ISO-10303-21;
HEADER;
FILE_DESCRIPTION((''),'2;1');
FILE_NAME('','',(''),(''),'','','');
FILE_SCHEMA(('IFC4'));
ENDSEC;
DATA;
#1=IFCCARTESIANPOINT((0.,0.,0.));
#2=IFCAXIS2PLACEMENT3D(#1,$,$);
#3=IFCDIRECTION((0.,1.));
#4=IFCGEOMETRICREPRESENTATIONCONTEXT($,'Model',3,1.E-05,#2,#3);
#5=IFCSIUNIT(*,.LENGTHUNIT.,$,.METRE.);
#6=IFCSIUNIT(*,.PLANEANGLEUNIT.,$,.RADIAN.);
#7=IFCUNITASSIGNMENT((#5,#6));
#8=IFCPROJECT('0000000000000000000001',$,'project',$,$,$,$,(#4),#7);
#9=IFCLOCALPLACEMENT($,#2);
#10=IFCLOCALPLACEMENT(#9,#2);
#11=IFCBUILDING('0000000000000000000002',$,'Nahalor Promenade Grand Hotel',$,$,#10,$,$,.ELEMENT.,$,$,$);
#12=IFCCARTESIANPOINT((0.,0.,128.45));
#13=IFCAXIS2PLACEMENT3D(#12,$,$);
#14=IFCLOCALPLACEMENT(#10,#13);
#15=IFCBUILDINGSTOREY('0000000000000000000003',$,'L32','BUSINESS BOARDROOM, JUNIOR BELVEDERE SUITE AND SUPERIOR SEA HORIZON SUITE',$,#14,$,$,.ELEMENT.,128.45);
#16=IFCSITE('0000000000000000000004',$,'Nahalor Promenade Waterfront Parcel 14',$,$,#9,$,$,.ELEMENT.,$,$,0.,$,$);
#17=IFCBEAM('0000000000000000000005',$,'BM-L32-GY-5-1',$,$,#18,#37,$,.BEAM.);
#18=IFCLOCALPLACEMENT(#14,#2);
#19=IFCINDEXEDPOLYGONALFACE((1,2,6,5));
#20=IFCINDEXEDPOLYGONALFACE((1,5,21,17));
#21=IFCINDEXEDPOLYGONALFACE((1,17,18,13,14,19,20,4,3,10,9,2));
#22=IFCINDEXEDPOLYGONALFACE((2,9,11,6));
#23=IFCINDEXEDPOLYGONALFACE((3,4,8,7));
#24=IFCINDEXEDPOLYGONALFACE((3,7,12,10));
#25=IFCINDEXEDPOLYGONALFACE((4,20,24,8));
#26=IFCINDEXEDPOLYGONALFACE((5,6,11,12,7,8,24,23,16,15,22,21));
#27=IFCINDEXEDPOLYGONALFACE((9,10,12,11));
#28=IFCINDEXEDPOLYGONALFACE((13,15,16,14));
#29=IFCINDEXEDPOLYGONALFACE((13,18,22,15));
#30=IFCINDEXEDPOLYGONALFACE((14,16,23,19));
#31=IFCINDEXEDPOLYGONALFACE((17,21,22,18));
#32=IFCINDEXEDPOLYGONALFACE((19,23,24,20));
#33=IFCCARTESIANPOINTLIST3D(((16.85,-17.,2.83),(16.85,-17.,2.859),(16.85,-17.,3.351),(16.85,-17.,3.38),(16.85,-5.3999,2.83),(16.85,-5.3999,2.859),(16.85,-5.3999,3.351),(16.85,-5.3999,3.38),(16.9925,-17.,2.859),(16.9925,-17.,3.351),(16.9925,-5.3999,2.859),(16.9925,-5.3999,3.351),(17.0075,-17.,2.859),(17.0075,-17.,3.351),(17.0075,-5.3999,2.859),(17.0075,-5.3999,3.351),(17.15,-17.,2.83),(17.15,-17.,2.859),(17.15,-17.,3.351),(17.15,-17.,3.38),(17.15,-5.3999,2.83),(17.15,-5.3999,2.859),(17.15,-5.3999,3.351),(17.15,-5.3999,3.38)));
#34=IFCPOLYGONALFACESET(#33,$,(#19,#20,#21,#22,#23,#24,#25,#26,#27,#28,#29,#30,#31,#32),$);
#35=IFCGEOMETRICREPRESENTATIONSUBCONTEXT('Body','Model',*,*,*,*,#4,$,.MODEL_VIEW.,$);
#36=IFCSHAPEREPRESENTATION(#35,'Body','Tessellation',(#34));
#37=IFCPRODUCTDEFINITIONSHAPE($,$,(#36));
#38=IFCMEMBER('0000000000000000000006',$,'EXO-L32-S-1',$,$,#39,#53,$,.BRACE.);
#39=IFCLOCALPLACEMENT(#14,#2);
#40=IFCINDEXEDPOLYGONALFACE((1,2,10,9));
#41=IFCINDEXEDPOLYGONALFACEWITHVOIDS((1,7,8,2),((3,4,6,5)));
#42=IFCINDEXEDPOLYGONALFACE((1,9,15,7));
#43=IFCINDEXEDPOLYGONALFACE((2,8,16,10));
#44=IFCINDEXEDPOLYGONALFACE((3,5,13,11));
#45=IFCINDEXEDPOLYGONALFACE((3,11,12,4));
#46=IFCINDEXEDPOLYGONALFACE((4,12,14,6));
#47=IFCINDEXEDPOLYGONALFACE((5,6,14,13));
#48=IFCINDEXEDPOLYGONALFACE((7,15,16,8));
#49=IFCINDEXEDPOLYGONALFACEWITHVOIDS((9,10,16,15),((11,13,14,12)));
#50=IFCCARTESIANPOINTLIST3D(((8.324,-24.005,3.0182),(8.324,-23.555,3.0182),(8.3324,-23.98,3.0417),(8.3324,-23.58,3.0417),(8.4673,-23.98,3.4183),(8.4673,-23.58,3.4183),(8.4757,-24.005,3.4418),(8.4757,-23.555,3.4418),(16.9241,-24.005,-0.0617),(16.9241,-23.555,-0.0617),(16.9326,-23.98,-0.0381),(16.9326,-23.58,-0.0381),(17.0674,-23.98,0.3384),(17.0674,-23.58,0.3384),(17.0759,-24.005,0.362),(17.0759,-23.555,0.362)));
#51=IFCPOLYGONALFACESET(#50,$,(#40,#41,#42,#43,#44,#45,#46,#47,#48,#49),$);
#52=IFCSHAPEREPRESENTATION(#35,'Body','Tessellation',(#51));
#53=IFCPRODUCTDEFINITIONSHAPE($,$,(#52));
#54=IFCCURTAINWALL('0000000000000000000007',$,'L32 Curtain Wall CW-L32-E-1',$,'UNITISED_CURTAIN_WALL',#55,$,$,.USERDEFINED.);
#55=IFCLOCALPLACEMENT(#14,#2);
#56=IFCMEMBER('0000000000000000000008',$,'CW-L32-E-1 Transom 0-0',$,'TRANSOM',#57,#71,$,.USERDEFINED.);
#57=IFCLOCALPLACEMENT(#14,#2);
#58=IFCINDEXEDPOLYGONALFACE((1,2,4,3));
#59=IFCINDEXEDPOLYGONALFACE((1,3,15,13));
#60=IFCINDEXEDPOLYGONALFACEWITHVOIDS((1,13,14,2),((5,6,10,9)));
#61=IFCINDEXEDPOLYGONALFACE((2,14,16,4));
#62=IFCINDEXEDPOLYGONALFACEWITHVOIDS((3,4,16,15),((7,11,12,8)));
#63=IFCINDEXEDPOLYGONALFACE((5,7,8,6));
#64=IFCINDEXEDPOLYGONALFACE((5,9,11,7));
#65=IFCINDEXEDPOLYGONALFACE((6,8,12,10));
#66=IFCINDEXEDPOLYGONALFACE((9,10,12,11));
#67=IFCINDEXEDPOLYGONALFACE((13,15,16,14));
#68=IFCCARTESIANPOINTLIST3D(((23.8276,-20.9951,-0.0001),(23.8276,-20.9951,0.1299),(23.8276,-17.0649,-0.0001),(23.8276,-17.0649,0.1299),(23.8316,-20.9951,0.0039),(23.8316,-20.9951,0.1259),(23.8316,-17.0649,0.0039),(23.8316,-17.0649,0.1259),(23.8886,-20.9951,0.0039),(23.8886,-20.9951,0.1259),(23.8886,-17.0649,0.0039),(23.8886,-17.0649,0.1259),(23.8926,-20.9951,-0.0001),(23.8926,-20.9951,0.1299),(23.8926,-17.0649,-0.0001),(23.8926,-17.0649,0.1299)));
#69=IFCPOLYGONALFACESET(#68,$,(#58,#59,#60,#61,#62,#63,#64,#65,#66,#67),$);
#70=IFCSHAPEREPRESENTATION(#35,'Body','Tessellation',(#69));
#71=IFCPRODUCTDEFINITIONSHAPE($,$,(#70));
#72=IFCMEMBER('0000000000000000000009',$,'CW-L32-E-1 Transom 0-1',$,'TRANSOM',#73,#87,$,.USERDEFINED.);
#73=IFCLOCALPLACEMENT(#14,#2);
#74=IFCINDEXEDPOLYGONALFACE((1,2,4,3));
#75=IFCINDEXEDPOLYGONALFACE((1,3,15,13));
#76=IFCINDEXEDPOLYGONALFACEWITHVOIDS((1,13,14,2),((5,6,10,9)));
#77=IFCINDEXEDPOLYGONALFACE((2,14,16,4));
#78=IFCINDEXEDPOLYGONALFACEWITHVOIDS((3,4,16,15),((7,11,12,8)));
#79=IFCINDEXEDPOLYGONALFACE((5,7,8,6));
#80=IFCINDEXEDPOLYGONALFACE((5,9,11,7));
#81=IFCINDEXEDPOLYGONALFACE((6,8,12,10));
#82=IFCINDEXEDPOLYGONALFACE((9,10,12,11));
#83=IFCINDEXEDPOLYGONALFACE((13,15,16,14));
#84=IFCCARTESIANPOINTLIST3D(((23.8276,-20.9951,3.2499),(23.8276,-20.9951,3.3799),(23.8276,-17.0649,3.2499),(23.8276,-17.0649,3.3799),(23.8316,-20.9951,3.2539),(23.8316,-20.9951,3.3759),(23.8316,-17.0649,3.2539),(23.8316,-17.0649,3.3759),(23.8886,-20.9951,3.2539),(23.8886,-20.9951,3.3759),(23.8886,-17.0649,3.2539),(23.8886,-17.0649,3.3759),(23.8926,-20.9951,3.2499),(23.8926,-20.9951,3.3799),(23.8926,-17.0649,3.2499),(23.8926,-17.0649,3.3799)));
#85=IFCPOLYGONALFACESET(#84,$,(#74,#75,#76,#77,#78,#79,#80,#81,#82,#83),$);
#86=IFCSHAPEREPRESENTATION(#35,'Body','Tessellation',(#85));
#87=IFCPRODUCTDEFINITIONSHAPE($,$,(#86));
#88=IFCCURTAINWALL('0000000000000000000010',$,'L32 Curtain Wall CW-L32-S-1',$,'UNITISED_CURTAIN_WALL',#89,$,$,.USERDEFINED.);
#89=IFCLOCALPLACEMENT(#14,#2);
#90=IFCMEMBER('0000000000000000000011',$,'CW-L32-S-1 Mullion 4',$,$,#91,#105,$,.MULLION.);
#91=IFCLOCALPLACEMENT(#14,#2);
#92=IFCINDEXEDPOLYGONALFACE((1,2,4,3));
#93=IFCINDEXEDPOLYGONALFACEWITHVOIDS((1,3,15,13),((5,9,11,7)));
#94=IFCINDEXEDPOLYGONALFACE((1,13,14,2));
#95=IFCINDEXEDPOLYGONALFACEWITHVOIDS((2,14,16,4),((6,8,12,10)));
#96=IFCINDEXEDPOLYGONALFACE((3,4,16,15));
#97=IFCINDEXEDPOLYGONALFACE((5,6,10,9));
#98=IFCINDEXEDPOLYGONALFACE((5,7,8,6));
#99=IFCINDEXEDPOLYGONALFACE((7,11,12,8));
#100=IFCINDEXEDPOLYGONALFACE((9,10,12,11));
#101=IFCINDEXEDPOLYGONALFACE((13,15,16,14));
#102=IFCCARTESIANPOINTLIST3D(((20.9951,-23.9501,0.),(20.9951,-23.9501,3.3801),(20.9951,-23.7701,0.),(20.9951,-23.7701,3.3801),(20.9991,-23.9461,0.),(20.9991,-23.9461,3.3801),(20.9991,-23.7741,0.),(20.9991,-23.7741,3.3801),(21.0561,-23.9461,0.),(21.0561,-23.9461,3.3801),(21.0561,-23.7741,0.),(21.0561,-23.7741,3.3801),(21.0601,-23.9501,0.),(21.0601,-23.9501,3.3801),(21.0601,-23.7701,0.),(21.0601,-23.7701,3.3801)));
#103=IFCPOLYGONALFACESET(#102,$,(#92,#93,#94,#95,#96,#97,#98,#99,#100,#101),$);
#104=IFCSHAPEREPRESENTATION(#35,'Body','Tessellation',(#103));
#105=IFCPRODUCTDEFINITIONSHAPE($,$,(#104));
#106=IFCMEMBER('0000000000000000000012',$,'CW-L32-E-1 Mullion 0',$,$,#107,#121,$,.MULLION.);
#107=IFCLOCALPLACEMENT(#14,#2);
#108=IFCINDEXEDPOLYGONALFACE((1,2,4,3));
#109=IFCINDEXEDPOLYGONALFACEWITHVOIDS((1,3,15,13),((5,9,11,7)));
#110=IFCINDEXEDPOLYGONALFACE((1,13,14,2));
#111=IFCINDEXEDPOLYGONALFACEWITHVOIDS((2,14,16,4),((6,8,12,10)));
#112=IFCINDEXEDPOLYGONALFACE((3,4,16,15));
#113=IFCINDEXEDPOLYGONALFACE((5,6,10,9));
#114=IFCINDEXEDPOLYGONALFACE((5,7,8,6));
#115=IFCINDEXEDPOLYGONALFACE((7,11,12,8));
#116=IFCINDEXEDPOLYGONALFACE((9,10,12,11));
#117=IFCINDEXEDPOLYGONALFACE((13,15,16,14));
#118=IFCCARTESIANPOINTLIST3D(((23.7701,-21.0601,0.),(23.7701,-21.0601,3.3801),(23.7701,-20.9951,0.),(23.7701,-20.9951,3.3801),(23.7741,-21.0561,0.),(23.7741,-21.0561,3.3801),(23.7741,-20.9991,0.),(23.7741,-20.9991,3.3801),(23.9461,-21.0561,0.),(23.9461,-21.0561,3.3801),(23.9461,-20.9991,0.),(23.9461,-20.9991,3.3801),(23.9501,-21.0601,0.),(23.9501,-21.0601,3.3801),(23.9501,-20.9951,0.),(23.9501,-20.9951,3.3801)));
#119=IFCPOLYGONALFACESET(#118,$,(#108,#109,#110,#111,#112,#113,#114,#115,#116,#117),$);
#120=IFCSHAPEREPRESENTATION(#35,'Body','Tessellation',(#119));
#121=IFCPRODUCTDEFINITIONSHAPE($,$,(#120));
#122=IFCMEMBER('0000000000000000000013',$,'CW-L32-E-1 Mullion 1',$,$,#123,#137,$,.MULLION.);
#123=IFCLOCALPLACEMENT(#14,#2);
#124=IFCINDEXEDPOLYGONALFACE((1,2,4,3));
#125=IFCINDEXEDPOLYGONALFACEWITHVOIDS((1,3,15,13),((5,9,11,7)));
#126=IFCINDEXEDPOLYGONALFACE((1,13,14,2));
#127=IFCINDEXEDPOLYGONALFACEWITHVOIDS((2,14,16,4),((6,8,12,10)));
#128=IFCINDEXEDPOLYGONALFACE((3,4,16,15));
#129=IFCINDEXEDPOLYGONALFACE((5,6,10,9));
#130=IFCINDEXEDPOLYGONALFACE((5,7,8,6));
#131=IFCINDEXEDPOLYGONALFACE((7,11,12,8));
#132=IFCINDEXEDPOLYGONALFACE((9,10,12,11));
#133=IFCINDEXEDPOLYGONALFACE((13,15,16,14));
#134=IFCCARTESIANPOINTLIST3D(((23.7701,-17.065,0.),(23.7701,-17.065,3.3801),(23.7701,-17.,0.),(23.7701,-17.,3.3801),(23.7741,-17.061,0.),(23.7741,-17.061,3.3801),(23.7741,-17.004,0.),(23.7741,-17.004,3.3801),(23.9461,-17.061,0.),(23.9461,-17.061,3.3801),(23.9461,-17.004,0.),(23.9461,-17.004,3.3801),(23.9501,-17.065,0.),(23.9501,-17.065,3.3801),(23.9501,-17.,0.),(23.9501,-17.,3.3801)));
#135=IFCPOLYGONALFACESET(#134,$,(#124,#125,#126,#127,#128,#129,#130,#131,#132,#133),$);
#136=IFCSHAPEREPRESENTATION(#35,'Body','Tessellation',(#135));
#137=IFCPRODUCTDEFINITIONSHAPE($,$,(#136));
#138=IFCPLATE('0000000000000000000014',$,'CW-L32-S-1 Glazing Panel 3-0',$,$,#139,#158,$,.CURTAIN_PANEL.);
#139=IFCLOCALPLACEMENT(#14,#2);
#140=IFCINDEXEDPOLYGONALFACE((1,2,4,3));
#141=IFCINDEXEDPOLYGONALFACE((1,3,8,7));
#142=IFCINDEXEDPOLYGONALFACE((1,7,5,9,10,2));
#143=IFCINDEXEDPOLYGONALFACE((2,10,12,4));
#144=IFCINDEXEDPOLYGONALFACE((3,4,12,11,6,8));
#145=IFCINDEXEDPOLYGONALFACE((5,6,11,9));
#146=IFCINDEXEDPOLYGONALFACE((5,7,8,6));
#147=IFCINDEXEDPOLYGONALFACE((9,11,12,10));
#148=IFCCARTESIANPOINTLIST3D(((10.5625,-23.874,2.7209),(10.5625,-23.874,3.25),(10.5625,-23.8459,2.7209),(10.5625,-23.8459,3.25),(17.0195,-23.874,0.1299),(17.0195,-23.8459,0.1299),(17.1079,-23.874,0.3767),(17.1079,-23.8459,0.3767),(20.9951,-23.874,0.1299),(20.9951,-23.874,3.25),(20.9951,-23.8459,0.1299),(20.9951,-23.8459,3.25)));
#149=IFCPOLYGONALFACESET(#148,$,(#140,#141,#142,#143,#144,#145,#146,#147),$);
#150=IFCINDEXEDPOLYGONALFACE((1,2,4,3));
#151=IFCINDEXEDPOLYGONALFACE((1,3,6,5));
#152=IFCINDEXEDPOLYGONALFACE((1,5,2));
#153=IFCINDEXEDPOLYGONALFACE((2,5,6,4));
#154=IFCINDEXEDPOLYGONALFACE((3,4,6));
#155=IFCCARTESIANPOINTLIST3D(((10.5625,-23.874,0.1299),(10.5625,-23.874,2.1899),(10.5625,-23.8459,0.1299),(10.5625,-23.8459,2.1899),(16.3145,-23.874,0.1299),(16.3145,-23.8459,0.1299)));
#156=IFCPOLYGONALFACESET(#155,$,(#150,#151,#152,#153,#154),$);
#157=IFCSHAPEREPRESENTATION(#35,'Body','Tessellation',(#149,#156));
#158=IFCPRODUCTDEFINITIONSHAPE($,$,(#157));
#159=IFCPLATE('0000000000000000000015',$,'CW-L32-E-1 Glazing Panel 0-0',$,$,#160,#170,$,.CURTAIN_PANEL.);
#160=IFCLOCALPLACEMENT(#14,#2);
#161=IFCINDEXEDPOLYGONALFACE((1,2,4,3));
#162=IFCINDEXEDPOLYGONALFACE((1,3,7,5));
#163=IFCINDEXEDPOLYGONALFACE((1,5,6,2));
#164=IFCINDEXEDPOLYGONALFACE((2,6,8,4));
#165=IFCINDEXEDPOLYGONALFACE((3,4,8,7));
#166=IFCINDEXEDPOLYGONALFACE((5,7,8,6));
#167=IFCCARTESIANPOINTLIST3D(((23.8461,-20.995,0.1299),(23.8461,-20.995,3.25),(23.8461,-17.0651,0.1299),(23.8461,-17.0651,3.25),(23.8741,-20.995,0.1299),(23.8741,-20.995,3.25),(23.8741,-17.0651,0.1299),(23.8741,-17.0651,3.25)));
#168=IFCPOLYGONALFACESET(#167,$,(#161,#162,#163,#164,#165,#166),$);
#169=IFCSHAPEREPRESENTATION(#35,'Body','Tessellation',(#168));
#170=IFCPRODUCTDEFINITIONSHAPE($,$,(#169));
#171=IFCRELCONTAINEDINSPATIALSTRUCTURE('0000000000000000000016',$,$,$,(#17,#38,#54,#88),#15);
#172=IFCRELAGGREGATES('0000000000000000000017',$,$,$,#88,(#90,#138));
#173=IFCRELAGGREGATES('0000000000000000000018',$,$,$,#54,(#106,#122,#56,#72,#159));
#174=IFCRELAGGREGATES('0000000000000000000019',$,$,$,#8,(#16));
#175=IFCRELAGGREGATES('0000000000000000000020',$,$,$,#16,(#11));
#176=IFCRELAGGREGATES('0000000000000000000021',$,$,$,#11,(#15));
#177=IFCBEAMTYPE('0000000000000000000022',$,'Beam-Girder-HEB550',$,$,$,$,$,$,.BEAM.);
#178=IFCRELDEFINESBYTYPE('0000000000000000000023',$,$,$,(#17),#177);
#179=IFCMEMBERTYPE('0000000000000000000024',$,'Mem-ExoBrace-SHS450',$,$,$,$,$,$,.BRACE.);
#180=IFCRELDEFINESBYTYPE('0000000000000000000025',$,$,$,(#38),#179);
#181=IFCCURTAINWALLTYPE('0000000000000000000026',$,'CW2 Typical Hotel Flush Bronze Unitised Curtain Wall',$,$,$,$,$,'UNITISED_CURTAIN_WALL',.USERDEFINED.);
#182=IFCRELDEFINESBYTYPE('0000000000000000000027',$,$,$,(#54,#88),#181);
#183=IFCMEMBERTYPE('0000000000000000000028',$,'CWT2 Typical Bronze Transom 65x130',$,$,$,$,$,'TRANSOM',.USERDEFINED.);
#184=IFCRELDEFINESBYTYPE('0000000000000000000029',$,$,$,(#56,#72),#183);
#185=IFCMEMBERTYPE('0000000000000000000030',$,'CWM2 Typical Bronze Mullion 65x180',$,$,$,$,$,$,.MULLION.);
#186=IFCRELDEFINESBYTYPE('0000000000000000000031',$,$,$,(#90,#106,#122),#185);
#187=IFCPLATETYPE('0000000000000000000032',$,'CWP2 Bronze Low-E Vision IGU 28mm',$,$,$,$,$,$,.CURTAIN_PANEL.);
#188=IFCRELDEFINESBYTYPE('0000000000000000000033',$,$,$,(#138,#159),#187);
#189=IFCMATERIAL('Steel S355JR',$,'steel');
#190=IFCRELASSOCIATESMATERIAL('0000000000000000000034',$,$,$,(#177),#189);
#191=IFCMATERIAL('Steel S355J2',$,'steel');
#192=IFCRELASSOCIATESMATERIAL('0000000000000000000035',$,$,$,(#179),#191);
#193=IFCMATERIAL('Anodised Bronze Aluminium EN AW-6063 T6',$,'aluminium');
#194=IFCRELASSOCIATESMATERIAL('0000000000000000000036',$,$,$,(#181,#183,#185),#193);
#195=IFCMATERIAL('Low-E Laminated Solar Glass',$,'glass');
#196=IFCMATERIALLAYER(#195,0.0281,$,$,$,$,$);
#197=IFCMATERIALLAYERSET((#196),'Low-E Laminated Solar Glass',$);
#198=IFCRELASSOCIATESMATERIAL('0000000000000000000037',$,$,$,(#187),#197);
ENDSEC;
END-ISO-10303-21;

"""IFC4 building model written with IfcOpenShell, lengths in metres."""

from ifc_helpers import new_model, si_unit, direction, frame, origin, origin_2d, place, context, subcontext, project, spatial, polyline, rectangle, hollow_rectangle, i_section, outline, extrude, source, transform, mapped, material, layer, layer_set, material_profile, profile_set, type_object, element, aggregate, save


model = new_model("IFC4")

# Units and contexts
model_context = context("Model", 3, precision=1e-05, world=origin(), true_north=direction((0.0, 1.0)))
body_context = subcontext(model_context, "Body", "Model", "MODEL_VIEW")
ifc_project = project(units=[si_unit("LENGTHUNIT", "METRE"), si_unit("PLANEANGLEUNIT", "RADIAN")], contexts=[model_context])

# Site, building, storey
site_placement = place(None, origin())
site = spatial("IfcSite", under=ifc_project, at=site_placement, Name="Nahalor Promenade Waterfront Parcel 14", CompositionType="ELEMENT", RefElevation=0.0)
building_placement = place(site_placement, origin())
building = spatial("IfcBuilding", under=site, at=building_placement, Name="Nahalor Promenade Grand Hotel", CompositionType="ELEMENT")
storey_placement = place(building_placement, frame((0.0, 0.0, 128.45)))
storey = spatial("IfcBuildingStorey", under=building, at=storey_placement, Name="L32", Description="BUSINESS BOARDROOM, JUNIOR BELVEDERE SUITE AND SUPERIOR SEA HORIZON SUITE", CompositionType="ELEMENT", Elevation=128.45)

# Shared definitions
ifc_material_1 = material(Name="Steel S355J2", Category="steel")

# Beam
ifc_material_2 = material(Name="Steel S355JR", Category="steel")
ifc_material_profile_1 = material_profile(ifc_material_2, i_section(OverallWidth=0.3, OverallDepth=0.55, WebThickness=0.015, FlangeThickness=0.029, at=origin_2d()), Name="HEB 550")
ifc_profile_set_1 = profile_set([ifc_material_profile_1], Name="Steel S355JR")
beam_type_1 = type_object("IfcBeamType", Name="Beam-Girder-HEB550", PredefinedType="BEAM", material=ifc_profile_set_1)
shared_shape_1 = source(origin(), body_context, "Body", "SweptSolid", [
    extrude(i_section(OverallWidth=0.3, OverallDepth=0.55, WebThickness=0.015, FlangeThickness=0.029, at=origin_2d()), origin(), (0.0, 0.0, 1.0), 11.6001),
])
beam_1_placement = place(storey_placement, frame((17.0, -17.0, 3.105), z_axis=(0.0, 1.0, 0.0), x_axis=(-1.0, 0.0, 0.0)))
element("IfcBeam", 1, at=beam_1_placement, inside=storey, type_object=beam_type_1, Name="BM-L32-GY-5-1", PredefinedType="BEAM", context=body_context, shape_type="MappedRepresentation", body=[
    mapped(shared_shape_1, transform((0.0, 0.0, 0.0), scale=1.0)),
])

# Member
ifc_material_profile_2 = material_profile(ifc_material_1, hollow_rectangle(XDim=0.45, YDim=0.45, WallThickness=0.025, at=origin_2d()), Name="SHS 450x450x25")
ifc_profile_set_2 = profile_set([ifc_material_profile_2], Name="Steel S355J2")
member_type_1 = type_object("IfcMemberType", Name="Mem-ExoBrace-SHS450", PredefinedType="BRACE", material=ifc_profile_set_2)
shared_shape_2 = source(origin(), body_context, "Body", "SweptSolid", [
    extrude(hollow_rectangle(XDim=0.45, YDim=0.45, WallThickness=0.025, at=origin_2d()), origin(), (0.0, 0.0, 1.0), 9.135),
])
member_1_placement = place(storey_placement, frame((17.0, -23.78, 0.1501), z_axis=(-0.941451, 0.0, 0.337149), x_axis=(0.0, -1.0, 0.0)))
element("IfcMember", 2, at=member_1_placement, inside=storey, type_object=member_type_1, Name="EXO-L32-S-1", PredefinedType="BRACE", context=body_context, shape_type="MappedRepresentation", body=[
    mapped(shared_shape_2, transform((0.0, 0.0, 0.0), scale=1.0)),
])

# Curtain wall, members
ifc_material_3 = material(Name="Anodised Bronze Aluminium EN AW-6063 T6", Category="aluminium")
curtain_wall_type = type_object("IfcCurtainWallType", Name="CW2 Typical Hotel Flush Bronze Unitised Curtain Wall", ElementType="UNITISED_CURTAIN_WALL", PredefinedType="USERDEFINED", material=ifc_material_3)
curtain_wall_1_placement = place(storey_placement, origin())
curtain_wall_1 = element("IfcCurtainWall", 3, at=curtain_wall_1_placement, inside=storey, type_object=curtain_wall_type, Name="L32 Curtain Wall CW-L32-E-1", ObjectType="UNITISED_CURTAIN_WALL", PredefinedType="USERDEFINED")
ifc_material_profile_3 = material_profile(ifc_material_3, hollow_rectangle(XDim=0.065, YDim=0.13, WallThickness=0.004, at=origin_2d()), Name="CWT 65x130x4")
ifc_profile_set_3 = profile_set([ifc_material_profile_3], Name="Anodised Bronze Aluminium EN AW-6063 T6")
member_type_2 = type_object("IfcMemberType", Name="CWT2 Typical Bronze Transom 65x130", ElementType="TRANSOM", PredefinedType="USERDEFINED", material=ifc_profile_set_3)
shared_shape_3 = source(origin(), body_context, "Body", "SweptSolid", [
    extrude(hollow_rectangle(XDim=0.065, YDim=0.13, WallThickness=0.004, at=origin_2d()), origin(), (0.0, 0.0, 1.0), 3.9302),
])
member_2_placement = place(storey_placement, frame((23.8601, -20.9951, 0.0649), z_axis=(0.0, 1.0, 0.0), x_axis=(-1.0, 0.0, 0.0)))
member_2 = element("IfcMember", 4, at=member_2_placement, type_object=member_type_2, Name="CW-L32-E-1 Transom 0-0", ObjectType="TRANSOM", PredefinedType="USERDEFINED", context=body_context, shape_type="MappedRepresentation", body=[
    mapped(shared_shape_3, transform((0.0, 0.0, 0.0), scale=1.0)),
])
member_3_placement = place(storey_placement, frame((23.8601, -20.9951, 3.3149), z_axis=(0.0, 1.0, 0.0), x_axis=(-1.0, 0.0, 0.0)))
member_3 = element("IfcMember", 5, at=member_3_placement, type_object=member_type_2, Name="CW-L32-E-1 Transom 0-1", ObjectType="TRANSOM", PredefinedType="USERDEFINED", context=body_context, shape_type="MappedRepresentation", body=[
    mapped(shared_shape_3, transform((0.0, 0.0, 0.0), scale=1.0)),
])

# Curtain wall, member
curtain_wall_2_placement = place(storey_placement, origin())
curtain_wall_2 = element("IfcCurtainWall", 6, at=curtain_wall_2_placement, inside=storey, type_object=curtain_wall_type, Name="L32 Curtain Wall CW-L32-S-1", ObjectType="UNITISED_CURTAIN_WALL", PredefinedType="USERDEFINED")
ifc_material_profile_4 = material_profile(ifc_material_3, hollow_rectangle(XDim=0.065, YDim=0.18, WallThickness=0.004, at=origin_2d()), Name="CWM 65x180x4")
ifc_profile_set_4 = profile_set([ifc_material_profile_4], Name="Anodised Bronze Aluminium EN AW-6063 T6")
member_type_3 = type_object("IfcMemberType", Name="CWM2 Typical Bronze Mullion 65x180", PredefinedType="MULLION", material=ifc_profile_set_4)
shared_shape_4 = source(origin(), body_context, "Body", "SweptSolid", [
    extrude(hollow_rectangle(XDim=0.065, YDim=0.18, WallThickness=0.004, at=origin_2d()), origin(), (0.0, 0.0, 1.0), 3.3801),
])
member_4_placement = place(storey_placement, frame((21.0276, -23.8601, 0.0), z_axis=(0.0, 0.0, 1.0), x_axis=(1.0, 0.0, 0.0)))
member_4 = element("IfcMember", 7, at=member_4_placement, type_object=member_type_3, Name="CW-L32-S-1 Mullion 4", PredefinedType="MULLION", context=body_context, shape_type="MappedRepresentation", body=[
    mapped(shared_shape_4, transform((0.0, 0.0, 0.0), scale=1.0)),
])

# Members
member_5_placement = place(storey_placement, frame((23.8601, -21.0276, 0.0), z_axis=(0.0, 0.0, 1.0), x_axis=(0.0, 1.0, 0.0)))
member_5 = element("IfcMember", 8, at=member_5_placement, type_object=member_type_3, Name="CW-L32-E-1 Mullion 0", PredefinedType="MULLION", context=body_context, shape_type="MappedRepresentation", body=[
    mapped(shared_shape_4, transform((0.0, 0.0, 0.0), scale=1.0)),
])
member_6_placement = place(storey_placement, frame((23.8601, -17.0325, 0.0), z_axis=(0.0, 0.0, 1.0), x_axis=(0.0, 1.0, 0.0)))
member_6 = element("IfcMember", 9, at=member_6_placement, type_object=member_type_3, Name="CW-L32-E-1 Mullion 1", PredefinedType="MULLION", context=body_context, shape_type="MappedRepresentation", body=[
    mapped(shared_shape_4, transform((0.0, 0.0, 0.0), scale=1.0)),
])

# Plates
ifc_material_4 = material(Name="Low-E Laminated Solar Glass", Category="glass")
ifc_layer_1 = layer(ifc_material_4, 0.0281)
ifc_layer_set_1 = layer_set([ifc_layer_1], Name="Low-E Laminated Solar Glass")
plate_type = type_object("IfcPlateType", Name="CWP2 Bronze Low-E Vision IGU 28mm", PredefinedType="CURTAIN_PANEL", material=ifc_layer_set_1)
plate_1_placement = place(storey_placement, frame((15.7788, -23.8601, 0.1299), z_axis=(0.0, 0.0, 1.0), x_axis=(1.0, 0.0, 0.0)))
plate_1 = element("IfcPlate", 10, at=plate_1_placement, type_object=plate_type, Name="CW-L32-S-1 Glazing Panel 3-0", PredefinedType="CURTAIN_PANEL", context=body_context, shape_type="SweptSolid", body=[
    extrude(outline(polyline([(5.2163, 3.1201), (-5.2163, 3.1201), (-5.2163, 2.5911), (1.3291, 0.2468), (1.2407, 0.0), (5.2163, 0.0), (5.2163, 3.1201)])), frame((0.0, 0.0142, 0.0), z_axis=(0.0, -1.0, 0.0), x_axis=(1.0, 0.0, 0.0)), (0.0, 0.0, 1.0), 0.0281),
    extrude(outline(polyline([(-5.2163, 2.0601), (-5.2163, 0.0), (0.5356, 0.0), (-5.2163, 2.0601)])), frame((0.0, 0.0142, 0.0), z_axis=(0.0, -1.0, 0.0), x_axis=(1.0, 0.0, 0.0)), (0.0, 0.0, 1.0), 0.0281),
])
aggregate(curtain_wall_2, [member_4, plate_1])
shared_shape_5 = source(origin(), body_context, "Body", "SweptSolid", [
    extrude(rectangle(XDim=3.9299, YDim=0.0281, at=origin_2d()), origin(), (0.0, 0.0, 1.0), 3.1201),
])
plate_2_placement = place(storey_placement, frame((23.8601, -19.03, 0.1299), z_axis=(0.0, 0.0, 1.0), x_axis=(0.0, 1.0, 0.0)))
plate_2 = element("IfcPlate", 11, at=plate_2_placement, type_object=plate_type, Name="CW-L32-E-1 Glazing Panel 0-0", PredefinedType="CURTAIN_PANEL", context=body_context, shape_type="MappedRepresentation", body=[
    mapped(shared_shape_5, transform((0.0, 0.0, 0.0), scale=1.0)),
])
aggregate(curtain_wall_1, [member_5, member_6, member_2, member_3, plate_2])

save(model, "model.ifc")
